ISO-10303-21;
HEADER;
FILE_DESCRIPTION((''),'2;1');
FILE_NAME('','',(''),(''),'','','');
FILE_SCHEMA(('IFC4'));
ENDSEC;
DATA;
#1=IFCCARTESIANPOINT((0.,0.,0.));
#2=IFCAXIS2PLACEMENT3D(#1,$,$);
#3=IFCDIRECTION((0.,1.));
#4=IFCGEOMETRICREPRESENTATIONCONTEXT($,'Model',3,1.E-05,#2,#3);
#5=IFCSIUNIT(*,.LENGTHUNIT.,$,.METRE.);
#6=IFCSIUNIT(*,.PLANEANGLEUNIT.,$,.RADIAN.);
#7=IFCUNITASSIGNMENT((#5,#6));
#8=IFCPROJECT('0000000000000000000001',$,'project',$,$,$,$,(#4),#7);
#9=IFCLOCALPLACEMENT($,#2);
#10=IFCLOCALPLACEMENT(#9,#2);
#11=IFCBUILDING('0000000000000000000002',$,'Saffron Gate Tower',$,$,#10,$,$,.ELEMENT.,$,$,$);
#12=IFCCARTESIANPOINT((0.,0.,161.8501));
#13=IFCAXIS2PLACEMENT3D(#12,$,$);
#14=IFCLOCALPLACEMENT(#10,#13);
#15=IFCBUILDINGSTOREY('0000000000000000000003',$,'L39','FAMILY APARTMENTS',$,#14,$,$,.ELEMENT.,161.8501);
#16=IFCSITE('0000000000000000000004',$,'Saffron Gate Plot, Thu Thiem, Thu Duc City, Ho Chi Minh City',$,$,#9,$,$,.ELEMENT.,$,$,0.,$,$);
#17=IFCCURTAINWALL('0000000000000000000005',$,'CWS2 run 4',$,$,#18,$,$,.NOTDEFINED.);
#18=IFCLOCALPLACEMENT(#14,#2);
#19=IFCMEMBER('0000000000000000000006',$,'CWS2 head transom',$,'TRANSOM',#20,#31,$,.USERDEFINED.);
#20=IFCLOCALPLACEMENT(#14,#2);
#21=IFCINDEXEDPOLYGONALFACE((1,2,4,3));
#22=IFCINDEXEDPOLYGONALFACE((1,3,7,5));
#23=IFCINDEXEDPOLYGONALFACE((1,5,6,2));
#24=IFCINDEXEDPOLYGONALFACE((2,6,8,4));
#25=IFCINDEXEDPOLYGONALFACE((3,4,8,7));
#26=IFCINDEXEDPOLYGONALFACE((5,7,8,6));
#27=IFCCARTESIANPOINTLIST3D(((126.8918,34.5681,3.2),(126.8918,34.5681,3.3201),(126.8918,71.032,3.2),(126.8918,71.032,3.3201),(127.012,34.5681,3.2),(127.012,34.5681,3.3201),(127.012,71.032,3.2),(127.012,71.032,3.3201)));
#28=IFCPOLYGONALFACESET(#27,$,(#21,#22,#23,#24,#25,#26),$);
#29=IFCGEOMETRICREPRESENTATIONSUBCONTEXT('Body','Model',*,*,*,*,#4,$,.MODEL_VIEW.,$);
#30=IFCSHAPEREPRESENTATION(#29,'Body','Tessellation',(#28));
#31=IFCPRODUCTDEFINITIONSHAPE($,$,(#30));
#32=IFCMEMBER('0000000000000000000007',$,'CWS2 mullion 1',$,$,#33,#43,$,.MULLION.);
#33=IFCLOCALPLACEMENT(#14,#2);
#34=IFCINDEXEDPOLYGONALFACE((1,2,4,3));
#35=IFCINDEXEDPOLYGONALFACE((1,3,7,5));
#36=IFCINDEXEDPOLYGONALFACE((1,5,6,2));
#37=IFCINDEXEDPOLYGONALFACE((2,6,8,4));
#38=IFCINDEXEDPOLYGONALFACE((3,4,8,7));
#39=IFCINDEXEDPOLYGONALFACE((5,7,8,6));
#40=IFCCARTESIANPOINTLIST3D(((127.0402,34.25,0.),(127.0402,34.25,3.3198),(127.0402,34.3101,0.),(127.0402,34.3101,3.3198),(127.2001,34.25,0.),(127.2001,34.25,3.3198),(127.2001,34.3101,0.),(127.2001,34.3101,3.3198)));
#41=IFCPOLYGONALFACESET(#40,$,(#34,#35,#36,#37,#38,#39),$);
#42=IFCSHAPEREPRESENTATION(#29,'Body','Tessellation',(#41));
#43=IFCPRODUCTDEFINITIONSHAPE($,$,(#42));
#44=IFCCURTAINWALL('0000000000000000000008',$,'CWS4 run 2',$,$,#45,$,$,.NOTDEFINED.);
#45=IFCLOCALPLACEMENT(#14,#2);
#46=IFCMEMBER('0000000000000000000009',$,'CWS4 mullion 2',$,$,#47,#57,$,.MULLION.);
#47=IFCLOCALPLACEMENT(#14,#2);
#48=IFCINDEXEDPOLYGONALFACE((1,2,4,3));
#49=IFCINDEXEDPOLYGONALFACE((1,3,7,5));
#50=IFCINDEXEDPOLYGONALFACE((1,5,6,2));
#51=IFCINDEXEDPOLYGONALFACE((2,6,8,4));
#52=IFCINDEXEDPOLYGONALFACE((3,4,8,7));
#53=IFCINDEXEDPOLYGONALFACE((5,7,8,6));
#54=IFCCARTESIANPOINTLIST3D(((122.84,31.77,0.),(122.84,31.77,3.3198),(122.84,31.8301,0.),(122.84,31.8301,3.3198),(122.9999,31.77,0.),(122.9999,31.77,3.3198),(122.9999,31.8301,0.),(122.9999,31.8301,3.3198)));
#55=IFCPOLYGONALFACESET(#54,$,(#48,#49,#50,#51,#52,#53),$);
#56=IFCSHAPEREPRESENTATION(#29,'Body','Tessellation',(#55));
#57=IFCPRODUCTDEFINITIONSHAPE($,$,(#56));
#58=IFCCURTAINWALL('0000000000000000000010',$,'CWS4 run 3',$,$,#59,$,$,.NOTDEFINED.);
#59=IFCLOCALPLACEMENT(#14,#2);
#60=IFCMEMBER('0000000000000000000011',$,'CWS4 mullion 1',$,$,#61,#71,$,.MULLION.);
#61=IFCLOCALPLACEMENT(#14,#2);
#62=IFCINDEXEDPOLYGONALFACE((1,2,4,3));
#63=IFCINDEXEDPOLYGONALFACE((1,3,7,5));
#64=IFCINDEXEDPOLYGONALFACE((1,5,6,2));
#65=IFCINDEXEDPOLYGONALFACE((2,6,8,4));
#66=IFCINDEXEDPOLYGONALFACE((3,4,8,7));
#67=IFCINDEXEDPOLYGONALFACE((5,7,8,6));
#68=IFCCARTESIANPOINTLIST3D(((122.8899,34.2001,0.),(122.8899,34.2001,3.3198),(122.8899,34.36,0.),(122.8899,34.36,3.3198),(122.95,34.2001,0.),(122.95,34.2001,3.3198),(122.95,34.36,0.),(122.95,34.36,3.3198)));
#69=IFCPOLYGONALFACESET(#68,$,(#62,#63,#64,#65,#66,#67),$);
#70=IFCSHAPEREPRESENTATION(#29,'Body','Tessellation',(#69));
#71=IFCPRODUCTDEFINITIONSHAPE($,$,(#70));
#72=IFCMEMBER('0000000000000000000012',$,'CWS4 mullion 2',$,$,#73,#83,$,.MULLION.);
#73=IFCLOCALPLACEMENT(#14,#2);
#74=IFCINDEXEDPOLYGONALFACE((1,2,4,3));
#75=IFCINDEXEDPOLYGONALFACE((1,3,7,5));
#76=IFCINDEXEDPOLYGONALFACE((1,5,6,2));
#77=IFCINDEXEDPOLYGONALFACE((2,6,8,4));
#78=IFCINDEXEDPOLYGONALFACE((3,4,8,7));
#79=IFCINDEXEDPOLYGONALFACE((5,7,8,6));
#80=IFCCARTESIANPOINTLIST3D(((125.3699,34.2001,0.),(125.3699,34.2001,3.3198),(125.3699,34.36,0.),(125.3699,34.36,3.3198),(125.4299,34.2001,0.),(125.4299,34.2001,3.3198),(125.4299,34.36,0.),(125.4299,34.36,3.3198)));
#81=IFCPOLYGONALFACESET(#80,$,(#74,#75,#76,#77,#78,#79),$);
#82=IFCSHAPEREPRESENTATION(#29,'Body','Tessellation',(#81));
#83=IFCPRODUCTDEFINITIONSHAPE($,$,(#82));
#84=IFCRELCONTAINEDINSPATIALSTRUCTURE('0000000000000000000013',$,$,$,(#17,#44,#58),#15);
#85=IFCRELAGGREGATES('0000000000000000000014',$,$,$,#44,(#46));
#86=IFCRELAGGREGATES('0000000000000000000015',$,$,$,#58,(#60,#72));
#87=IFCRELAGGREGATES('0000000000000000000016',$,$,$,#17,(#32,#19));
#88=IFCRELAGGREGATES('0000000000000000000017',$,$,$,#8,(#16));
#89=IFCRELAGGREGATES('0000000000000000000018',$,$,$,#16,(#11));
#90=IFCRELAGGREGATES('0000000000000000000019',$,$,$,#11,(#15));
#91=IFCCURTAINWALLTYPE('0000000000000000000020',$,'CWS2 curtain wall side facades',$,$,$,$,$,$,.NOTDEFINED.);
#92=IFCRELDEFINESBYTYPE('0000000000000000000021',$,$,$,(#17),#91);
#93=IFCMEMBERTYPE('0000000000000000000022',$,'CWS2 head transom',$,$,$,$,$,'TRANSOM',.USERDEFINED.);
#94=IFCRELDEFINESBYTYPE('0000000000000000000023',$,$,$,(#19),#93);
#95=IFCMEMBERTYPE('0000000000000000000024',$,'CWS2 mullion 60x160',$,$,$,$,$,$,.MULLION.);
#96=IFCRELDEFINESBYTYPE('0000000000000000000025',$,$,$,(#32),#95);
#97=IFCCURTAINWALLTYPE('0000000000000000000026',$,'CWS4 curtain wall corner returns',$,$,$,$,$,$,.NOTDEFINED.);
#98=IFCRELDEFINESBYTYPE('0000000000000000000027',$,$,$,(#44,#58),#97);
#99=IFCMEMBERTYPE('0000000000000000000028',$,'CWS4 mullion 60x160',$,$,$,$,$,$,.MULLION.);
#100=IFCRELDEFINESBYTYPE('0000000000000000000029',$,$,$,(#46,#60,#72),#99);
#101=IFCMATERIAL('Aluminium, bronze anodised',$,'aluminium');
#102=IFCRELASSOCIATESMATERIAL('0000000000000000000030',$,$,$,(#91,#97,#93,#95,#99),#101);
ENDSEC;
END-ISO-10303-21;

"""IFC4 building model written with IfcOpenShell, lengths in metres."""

from ifc_helpers import new_model, si_unit, direction, frame, origin, origin_2d, place, context, subcontext, project, spatial, rectangle, extrude, material, material_profile, profile_set, type_object, element, aggregate, save


model = new_model("IFC4")

# Units and contexts
model_context = context("Model", 3, precision=1e-05, world=origin(), true_north=direction((0.0, 1.0)))
body_context = subcontext(model_context, "Body", "Model", "MODEL_VIEW")
ifc_project = project(units=[si_unit("LENGTHUNIT", "METRE"), si_unit("PLANEANGLEUNIT", "RADIAN")], contexts=[model_context])

# Site, building, storey
site_placement = place(None, origin())
site = spatial("IfcSite", under=ifc_project, at=site_placement, Name="Saffron Gate Plot, Thu Thiem, Thu Duc City, Ho Chi Minh City", CompositionType="ELEMENT", RefElevation=0.0)
building_placement = place(site_placement, origin())
building = spatial("IfcBuilding", under=site, at=building_placement, Name="Saffron Gate Tower", CompositionType="ELEMENT")
storey_placement = place(building_placement, frame((0.0, 0.0, 161.8501)))
storey = spatial("IfcBuildingStorey", under=building, at=storey_placement, Name="L39", Description="FAMILY APARTMENTS", CompositionType="ELEMENT", Elevation=161.8501)

# Curtain wall, members
ifc_material_1 = material(Name="Aluminium, bronze anodised", Category="aluminium")
curtain_wall_type_1 = type_object("IfcCurtainWallType", Name="CWS2 curtain wall side facades", PredefinedType="NOTDEFINED", material=ifc_material_1)
curtain_wall_1_placement = place(storey_placement, origin())
curtain_wall_1 = element("IfcCurtainWall", 1, at=curtain_wall_1_placement, inside=storey, type_object=curtain_wall_type_1, Name="CWS2 run 4", PredefinedType="NOTDEFINED")
ifc_material_profile_1 = material_profile(ifc_material_1, rectangle(XDim=0.1201, YDim=0.1201, at=origin_2d()))
ifc_profile_set_1 = profile_set([ifc_material_profile_1], Name="Aluminium, bronze anodised")
member_type_1 = type_object("IfcMemberType", Name="CWS2 head transom", ElementType="TRANSOM", PredefinedType="USERDEFINED", material=ifc_profile_set_1)
member_1_placement = place(storey_placement, frame((126.9519, 34.5681, 3.26), z_axis=(0.0, 1.0, 0.0), x_axis=(-1.0, 0.0, 0.0)))
member_1 = element("IfcMember", 2, at=member_1_placement, type_object=member_type_1, Name="CWS2 head transom", ObjectType="TRANSOM", PredefinedType="USERDEFINED", context=body_context, shape_type="SweptSolid", body=[
    extrude(rectangle(XDim=0.1201, YDim=0.1201, at=origin_2d()), origin(), (0.0, 0.0, 1.0), 36.4639),
])
ifc_material_profile_2 = material_profile(ifc_material_1, rectangle(XDim=0.1599, YDim=0.0601, at=origin_2d()))
ifc_profile_set_2 = profile_set([ifc_material_profile_2], Name="Aluminium, bronze anodised")
member_type_2 = type_object("IfcMemberType", Name="CWS2 mullion 60x160", PredefinedType="MULLION", material=ifc_profile_set_2)
member_2_placement = place(storey_placement, frame((127.1201, 34.28, 0.0), z_axis=(0.0, 0.0, 1.0), x_axis=(-1.0, 0.0, 0.0)))
member_2 = element("IfcMember", 3, at=member_2_placement, type_object=member_type_2, Name="CWS2 mullion 1", PredefinedType="MULLION", context=body_context, shape_type="SweptSolid", body=[
    extrude(rectangle(XDim=0.1599, YDim=0.0601, at=origin_2d()), origin(), (0.0, 0.0, 1.0), 3.3198),
])

# Curtain wall, member
curtain_wall_type_2 = type_object("IfcCurtainWallType", Name="CWS4 curtain wall corner returns", PredefinedType="NOTDEFINED", material=ifc_material_1)
curtain_wall_2_placement = place(storey_placement, origin())
curtain_wall_2 = element("IfcCurtainWall", 4, at=curtain_wall_2_placement, inside=storey, type_object=curtain_wall_type_2, Name="CWS4 run 2", PredefinedType="NOTDEFINED")
ifc_material_profile_3 = material_profile(ifc_material_1, rectangle(XDim=0.1599, YDim=0.0601, at=origin_2d()))
ifc_profile_set_3 = profile_set([ifc_material_profile_3], Name="Aluminium, bronze anodised")
member_type_3 = type_object("IfcMemberType", Name="CWS4 mullion 60x160", PredefinedType="MULLION", material=ifc_profile_set_3)
member_3_placement = place(storey_placement, frame((122.9199, 31.8, 0.0), z_axis=(0.0, 0.0, 1.0), x_axis=(-1.0, 0.0, 0.0)))
member_3 = element("IfcMember", 5, at=member_3_placement, type_object=member_type_3, Name="CWS4 mullion 2", PredefinedType="MULLION", context=body_context, shape_type="SweptSolid", body=[
    extrude(rectangle(XDim=0.1599, YDim=0.0601, at=origin_2d()), origin(), (0.0, 0.0, 1.0), 3.3198),
])
aggregate(curtain_wall_2, [member_3])

# Curtain wall, members
curtain_wall_3_placement = place(storey_placement, origin())
curtain_wall_3 = element("IfcCurtainWall", 6, at=curtain_wall_3_placement, inside=storey, type_object=curtain_wall_type_2, Name="CWS4 run 3", PredefinedType="NOTDEFINED")
member_4_placement = place(storey_placement, frame((122.9199, 34.28, 0.0), z_axis=(0.0, 0.0, 1.0), x_axis=(0.0, 1.0, 0.0)))
member_4 = element("IfcMember", 7, at=member_4_placement, type_object=member_type_3, Name="CWS4 mullion 1", PredefinedType="MULLION", context=body_context, shape_type="SweptSolid", body=[
    extrude(rectangle(XDim=0.1599, YDim=0.0601, at=origin_2d()), origin(), (0.0, 0.0, 1.0), 3.3198),
])
member_5_placement = place(storey_placement, frame((125.3999, 34.28, 0.0), z_axis=(0.0, 0.0, 1.0), x_axis=(0.0, 1.0, 0.0)))
member_5 = element("IfcMember", 8, at=member_5_placement, type_object=member_type_3, Name="CWS4 mullion 2", PredefinedType="MULLION", context=body_context, shape_type="SweptSolid", body=[
    extrude(rectangle(XDim=0.1599, YDim=0.0601, at=origin_2d()), origin(), (0.0, 0.0, 1.0), 3.3198),
])
aggregate(curtain_wall_3, [member_4, member_5])

aggregate(curtain_wall_1, [member_2, member_1])

save(model, "model.ifc")
